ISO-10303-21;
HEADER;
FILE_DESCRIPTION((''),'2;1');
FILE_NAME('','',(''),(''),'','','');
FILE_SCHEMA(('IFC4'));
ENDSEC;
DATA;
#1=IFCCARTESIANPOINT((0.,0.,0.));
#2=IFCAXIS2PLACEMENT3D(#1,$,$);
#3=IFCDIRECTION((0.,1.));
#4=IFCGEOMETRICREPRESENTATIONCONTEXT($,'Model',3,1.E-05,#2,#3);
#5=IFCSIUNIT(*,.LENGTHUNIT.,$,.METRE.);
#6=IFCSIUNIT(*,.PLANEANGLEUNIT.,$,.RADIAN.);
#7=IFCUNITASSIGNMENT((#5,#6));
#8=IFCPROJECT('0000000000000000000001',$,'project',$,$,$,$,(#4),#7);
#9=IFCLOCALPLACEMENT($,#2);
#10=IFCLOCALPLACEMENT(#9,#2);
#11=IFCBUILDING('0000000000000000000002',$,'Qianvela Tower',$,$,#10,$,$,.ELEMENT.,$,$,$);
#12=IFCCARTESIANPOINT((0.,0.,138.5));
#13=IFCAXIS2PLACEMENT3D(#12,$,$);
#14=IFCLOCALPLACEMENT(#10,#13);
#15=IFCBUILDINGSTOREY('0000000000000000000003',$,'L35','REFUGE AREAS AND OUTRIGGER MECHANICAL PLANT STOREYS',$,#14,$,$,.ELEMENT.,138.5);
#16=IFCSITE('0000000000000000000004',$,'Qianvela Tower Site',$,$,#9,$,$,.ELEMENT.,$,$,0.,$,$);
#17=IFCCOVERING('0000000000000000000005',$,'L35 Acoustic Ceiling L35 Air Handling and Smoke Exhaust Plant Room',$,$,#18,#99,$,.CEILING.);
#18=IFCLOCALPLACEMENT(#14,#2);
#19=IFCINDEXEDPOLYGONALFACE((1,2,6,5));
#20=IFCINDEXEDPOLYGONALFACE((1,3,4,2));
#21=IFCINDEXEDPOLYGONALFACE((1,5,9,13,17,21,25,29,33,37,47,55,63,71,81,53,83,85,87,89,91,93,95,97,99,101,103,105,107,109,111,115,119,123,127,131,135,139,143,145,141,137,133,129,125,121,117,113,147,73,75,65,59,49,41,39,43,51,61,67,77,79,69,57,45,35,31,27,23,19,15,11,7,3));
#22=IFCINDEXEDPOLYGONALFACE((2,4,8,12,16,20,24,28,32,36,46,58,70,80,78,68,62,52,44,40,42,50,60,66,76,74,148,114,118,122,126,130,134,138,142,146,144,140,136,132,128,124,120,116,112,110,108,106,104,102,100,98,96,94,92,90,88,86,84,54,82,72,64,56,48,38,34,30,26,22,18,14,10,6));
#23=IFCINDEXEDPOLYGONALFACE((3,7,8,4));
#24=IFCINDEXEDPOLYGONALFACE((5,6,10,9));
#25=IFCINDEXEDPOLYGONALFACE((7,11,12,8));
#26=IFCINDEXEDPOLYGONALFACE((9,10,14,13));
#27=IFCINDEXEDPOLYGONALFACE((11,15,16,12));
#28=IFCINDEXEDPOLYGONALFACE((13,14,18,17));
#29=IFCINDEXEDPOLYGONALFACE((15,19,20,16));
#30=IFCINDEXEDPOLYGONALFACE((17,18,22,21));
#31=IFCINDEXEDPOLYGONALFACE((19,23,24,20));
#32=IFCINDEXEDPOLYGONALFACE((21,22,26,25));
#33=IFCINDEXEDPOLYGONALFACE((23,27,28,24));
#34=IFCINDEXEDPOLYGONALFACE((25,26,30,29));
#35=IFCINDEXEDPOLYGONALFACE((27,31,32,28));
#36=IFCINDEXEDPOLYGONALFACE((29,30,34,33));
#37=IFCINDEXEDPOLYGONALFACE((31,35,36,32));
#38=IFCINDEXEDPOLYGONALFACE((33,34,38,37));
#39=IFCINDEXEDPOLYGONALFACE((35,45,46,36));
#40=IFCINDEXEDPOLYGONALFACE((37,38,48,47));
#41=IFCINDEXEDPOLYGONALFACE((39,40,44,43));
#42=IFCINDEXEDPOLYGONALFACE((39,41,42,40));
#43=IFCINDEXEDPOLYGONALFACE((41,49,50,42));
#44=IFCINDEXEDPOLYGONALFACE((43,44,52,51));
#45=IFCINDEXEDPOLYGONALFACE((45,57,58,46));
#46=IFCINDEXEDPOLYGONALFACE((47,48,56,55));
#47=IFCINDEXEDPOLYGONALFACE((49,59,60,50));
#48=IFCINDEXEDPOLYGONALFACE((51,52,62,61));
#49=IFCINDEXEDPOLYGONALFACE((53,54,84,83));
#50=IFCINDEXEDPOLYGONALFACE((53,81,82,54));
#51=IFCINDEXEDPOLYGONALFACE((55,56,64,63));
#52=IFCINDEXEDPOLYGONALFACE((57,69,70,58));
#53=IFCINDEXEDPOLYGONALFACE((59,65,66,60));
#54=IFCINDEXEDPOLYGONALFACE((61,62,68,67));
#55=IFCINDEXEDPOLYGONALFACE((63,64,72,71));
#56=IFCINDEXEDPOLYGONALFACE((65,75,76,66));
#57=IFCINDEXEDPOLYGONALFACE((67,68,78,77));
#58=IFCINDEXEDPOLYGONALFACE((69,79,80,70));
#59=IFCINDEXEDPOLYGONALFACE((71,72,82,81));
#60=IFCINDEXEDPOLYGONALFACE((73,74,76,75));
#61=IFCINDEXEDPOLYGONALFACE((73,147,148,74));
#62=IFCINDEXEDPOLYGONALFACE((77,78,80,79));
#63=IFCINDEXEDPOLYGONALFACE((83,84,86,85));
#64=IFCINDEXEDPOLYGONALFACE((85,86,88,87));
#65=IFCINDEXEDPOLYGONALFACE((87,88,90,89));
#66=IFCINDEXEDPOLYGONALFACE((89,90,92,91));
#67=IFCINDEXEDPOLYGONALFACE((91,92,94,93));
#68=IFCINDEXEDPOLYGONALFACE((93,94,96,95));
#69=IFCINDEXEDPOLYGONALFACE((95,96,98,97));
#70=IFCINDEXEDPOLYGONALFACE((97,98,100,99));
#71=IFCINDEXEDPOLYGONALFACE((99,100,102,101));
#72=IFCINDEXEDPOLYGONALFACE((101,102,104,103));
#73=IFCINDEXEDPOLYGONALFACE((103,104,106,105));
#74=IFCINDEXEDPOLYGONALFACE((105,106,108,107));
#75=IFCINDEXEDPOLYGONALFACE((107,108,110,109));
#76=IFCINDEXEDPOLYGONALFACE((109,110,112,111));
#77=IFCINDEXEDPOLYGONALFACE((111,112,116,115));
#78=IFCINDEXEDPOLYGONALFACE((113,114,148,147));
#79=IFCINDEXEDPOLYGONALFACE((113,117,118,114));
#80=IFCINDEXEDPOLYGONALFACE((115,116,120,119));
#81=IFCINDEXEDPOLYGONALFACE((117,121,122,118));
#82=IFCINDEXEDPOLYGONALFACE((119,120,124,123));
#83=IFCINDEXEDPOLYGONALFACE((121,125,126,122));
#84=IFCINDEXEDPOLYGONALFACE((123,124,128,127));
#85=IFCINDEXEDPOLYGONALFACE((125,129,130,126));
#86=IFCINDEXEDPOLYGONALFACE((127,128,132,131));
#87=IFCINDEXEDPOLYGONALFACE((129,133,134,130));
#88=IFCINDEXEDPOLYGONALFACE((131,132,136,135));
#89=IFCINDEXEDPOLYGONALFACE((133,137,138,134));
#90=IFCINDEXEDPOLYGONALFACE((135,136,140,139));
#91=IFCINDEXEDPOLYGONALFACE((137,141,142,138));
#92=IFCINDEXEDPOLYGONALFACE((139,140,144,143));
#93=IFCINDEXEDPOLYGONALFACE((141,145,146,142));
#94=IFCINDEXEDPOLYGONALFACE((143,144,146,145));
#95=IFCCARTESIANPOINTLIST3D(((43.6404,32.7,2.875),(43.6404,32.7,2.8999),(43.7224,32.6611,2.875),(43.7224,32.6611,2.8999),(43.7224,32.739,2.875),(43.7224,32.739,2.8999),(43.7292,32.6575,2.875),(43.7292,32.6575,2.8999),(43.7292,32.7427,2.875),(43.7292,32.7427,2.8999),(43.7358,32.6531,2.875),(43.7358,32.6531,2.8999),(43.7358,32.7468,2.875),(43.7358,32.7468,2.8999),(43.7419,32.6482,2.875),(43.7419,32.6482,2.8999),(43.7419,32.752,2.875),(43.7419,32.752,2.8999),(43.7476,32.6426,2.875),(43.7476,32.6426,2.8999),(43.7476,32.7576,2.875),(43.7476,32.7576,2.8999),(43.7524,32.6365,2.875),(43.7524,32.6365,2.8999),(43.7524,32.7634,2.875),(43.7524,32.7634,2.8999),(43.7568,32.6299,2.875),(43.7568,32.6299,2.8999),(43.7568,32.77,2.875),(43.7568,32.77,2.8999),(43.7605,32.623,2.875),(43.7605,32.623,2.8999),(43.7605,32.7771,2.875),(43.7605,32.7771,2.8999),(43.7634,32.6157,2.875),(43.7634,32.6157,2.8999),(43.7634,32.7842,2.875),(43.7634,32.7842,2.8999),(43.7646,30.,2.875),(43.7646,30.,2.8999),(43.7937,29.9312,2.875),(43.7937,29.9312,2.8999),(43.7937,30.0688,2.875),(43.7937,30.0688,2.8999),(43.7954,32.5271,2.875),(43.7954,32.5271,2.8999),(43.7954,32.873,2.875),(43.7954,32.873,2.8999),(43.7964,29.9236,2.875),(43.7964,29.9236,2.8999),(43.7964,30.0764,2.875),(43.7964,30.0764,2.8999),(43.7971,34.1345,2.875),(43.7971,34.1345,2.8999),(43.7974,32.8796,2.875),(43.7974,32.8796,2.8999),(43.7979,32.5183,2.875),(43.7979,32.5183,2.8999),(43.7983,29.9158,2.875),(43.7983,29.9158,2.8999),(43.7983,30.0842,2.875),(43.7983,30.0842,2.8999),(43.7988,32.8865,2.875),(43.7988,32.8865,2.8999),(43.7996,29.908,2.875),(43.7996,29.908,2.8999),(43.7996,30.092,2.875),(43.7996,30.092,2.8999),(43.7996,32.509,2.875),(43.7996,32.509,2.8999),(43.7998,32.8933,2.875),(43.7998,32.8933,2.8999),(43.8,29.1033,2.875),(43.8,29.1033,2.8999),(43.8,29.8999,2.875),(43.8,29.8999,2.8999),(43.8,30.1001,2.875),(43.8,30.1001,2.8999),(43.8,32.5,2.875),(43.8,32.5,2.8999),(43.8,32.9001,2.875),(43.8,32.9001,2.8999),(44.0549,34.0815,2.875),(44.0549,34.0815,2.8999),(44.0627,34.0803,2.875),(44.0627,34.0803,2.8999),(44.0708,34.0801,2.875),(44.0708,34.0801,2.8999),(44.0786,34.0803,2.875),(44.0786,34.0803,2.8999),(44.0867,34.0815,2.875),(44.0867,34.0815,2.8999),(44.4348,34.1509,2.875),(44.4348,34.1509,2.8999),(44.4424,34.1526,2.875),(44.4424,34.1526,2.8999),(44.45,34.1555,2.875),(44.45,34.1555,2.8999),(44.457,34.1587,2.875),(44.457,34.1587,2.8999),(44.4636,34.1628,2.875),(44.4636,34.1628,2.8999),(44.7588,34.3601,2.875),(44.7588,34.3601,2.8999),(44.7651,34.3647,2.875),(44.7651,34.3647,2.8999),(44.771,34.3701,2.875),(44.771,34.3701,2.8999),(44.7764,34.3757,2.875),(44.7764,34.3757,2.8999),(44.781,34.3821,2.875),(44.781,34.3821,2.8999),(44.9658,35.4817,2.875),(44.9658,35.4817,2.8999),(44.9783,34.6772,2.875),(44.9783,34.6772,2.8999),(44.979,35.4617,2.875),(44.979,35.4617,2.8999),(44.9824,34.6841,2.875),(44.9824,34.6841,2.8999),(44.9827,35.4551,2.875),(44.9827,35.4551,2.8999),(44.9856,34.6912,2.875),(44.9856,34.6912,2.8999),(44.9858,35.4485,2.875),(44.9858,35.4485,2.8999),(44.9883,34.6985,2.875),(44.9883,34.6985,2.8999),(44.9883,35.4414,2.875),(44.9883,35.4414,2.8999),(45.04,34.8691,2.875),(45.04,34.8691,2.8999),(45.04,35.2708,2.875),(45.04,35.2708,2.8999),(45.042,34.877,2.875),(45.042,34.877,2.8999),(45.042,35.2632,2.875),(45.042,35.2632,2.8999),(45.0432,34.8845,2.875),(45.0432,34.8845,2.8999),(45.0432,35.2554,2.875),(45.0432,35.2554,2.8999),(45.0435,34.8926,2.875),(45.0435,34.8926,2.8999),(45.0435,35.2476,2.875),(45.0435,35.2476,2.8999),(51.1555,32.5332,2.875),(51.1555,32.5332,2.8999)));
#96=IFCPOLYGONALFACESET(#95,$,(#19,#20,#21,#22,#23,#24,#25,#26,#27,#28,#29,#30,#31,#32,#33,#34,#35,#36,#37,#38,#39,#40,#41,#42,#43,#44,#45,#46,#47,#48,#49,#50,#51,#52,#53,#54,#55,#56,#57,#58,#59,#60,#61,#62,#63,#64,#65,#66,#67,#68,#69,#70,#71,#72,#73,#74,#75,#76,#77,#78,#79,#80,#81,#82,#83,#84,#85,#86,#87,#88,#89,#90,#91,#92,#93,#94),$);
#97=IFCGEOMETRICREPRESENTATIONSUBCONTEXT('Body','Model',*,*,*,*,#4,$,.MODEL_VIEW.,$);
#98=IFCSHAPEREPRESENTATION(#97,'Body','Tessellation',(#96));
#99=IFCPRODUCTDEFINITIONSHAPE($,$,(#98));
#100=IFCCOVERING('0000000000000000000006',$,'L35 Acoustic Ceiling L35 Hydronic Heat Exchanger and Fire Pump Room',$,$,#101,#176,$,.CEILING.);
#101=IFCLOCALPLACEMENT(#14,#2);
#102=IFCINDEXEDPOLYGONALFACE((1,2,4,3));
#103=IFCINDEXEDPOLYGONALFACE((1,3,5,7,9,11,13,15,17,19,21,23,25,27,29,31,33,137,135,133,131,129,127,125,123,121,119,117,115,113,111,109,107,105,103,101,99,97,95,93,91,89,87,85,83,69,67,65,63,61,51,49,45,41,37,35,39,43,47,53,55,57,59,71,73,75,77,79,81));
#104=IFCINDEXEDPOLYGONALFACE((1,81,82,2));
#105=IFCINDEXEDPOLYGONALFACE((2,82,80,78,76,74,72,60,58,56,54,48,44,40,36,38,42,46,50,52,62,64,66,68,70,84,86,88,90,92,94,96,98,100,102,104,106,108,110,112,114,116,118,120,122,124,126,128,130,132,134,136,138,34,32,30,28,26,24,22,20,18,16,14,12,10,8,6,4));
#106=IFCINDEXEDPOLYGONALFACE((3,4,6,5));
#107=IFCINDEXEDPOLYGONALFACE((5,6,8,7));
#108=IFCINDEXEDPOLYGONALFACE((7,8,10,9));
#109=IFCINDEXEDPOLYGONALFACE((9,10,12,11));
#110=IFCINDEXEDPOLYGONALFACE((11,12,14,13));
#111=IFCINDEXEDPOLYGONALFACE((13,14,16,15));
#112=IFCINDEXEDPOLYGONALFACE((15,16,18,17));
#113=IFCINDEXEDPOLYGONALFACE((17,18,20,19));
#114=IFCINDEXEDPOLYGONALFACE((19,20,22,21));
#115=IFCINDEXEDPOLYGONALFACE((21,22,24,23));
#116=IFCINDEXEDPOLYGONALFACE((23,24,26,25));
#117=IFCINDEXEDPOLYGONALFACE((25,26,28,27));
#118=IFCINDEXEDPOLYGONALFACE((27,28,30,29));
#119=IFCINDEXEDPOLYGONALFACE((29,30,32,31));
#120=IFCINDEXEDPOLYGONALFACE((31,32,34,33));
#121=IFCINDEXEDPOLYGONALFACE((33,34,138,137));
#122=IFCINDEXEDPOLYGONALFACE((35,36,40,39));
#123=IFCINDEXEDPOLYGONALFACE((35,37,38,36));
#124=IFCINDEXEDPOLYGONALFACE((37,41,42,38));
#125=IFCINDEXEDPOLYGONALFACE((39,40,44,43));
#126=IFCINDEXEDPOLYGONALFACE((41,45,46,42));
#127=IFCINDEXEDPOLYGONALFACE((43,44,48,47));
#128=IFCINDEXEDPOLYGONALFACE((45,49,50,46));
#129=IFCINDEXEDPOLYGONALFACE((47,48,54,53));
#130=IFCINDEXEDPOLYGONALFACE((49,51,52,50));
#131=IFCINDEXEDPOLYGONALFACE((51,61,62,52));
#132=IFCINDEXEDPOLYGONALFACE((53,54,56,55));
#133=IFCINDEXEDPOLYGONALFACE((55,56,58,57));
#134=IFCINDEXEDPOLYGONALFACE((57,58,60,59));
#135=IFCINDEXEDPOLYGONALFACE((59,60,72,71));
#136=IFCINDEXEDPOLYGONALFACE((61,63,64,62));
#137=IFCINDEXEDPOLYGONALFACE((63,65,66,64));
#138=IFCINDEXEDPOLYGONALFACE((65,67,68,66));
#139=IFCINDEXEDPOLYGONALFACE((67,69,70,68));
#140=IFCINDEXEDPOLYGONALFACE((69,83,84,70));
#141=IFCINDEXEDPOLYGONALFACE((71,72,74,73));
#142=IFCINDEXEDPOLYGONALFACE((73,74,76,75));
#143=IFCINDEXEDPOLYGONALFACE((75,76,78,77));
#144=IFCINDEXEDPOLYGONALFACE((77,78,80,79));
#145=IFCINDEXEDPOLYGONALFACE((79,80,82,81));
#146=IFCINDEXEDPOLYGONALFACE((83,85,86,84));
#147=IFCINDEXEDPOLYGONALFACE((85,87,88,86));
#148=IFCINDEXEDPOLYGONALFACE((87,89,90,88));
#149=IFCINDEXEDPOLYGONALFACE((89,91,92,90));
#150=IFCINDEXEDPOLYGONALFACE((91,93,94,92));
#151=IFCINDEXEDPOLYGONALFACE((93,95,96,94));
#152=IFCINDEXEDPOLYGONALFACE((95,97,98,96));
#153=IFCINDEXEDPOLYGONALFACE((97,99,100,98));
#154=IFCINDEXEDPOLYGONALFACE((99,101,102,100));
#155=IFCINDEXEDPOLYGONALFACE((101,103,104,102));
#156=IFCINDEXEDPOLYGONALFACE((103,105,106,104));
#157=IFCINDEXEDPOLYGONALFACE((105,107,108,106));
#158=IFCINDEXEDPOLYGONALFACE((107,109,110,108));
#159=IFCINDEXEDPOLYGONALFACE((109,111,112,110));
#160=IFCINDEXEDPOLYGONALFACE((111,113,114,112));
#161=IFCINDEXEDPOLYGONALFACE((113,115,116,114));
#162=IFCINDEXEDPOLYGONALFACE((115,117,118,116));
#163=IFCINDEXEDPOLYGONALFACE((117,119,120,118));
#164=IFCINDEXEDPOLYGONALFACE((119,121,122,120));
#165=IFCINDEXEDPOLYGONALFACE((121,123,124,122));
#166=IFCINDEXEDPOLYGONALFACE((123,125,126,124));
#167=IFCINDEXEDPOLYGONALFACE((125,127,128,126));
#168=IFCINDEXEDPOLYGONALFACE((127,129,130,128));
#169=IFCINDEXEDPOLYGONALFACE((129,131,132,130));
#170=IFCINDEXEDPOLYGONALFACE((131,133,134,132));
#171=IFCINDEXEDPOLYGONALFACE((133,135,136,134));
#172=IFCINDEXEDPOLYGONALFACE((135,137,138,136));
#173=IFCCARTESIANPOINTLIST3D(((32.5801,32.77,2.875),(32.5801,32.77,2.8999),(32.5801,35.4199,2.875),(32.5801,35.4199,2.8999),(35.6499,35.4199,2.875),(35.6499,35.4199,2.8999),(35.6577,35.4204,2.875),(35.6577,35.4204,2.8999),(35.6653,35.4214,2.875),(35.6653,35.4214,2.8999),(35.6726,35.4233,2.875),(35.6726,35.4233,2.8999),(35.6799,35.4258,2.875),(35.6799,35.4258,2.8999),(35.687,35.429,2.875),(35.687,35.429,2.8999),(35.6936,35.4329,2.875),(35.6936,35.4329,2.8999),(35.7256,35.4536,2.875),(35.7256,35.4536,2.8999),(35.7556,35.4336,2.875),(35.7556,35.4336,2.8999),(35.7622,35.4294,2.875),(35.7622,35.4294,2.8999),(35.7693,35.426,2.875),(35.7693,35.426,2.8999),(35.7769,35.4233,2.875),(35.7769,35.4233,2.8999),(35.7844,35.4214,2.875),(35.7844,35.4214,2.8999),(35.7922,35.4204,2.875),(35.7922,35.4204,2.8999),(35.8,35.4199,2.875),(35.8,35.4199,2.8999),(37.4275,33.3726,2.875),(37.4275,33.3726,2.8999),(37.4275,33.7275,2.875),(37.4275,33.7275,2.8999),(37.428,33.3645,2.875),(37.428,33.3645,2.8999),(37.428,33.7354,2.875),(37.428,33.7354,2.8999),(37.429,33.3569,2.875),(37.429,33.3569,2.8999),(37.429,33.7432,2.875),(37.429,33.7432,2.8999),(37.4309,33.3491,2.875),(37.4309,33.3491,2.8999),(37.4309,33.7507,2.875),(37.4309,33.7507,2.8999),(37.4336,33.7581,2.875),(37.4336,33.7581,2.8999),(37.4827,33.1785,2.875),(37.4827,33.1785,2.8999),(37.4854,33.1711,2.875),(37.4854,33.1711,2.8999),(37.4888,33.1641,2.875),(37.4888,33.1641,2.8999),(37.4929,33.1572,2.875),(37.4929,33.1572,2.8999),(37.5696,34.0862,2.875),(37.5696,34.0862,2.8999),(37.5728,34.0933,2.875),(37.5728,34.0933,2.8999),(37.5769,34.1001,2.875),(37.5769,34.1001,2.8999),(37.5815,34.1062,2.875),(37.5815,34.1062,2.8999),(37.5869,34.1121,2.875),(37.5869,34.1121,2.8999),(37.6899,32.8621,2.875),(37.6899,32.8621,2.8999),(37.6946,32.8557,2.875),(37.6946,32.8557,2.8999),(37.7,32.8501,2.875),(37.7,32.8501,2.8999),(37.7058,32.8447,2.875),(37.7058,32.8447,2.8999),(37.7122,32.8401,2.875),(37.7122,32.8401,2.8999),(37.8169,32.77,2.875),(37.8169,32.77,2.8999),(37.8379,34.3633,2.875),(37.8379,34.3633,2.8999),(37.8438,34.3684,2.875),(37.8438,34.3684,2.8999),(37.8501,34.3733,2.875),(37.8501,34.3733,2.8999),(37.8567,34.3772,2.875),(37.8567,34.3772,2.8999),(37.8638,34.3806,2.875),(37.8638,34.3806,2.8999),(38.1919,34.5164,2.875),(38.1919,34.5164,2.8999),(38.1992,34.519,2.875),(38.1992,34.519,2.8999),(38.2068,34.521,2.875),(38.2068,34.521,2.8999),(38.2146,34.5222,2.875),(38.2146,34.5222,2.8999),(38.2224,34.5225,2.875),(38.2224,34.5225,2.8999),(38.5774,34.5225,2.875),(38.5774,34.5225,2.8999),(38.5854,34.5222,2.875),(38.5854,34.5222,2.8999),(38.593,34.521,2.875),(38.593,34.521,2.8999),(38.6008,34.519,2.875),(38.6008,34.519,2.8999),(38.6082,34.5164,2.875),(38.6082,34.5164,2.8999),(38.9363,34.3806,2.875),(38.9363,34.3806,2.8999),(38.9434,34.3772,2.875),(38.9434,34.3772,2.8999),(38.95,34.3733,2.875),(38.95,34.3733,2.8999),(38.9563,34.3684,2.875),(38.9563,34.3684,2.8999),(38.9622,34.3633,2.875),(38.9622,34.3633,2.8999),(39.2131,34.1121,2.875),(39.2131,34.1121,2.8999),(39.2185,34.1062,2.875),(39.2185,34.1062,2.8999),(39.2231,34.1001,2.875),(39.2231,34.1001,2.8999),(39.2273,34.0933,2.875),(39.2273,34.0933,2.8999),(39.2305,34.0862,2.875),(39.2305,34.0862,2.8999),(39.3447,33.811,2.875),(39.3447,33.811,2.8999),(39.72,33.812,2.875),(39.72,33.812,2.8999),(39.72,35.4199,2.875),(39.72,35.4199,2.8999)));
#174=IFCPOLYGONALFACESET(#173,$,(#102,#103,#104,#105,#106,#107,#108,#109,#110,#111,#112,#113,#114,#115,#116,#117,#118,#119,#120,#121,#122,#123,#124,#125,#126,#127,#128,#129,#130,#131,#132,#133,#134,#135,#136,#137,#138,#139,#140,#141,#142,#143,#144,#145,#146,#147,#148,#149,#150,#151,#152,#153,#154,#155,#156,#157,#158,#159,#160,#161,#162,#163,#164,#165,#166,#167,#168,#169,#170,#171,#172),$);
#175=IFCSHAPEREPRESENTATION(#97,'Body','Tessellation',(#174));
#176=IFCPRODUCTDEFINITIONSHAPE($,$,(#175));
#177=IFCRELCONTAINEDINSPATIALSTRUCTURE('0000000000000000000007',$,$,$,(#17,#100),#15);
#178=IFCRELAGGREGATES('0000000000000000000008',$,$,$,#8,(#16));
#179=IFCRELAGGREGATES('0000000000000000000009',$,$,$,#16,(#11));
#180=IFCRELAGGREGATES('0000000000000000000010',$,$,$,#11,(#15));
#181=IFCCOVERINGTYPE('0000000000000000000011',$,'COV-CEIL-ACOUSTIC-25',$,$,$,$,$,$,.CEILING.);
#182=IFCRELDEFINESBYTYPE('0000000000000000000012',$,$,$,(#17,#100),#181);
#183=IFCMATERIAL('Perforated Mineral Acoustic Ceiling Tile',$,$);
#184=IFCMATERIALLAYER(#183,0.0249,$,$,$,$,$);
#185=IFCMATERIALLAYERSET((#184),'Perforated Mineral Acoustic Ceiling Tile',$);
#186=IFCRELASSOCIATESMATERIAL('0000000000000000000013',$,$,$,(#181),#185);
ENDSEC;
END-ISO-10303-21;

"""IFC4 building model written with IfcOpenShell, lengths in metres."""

from ifc_helpers import new_model, si_unit, direction, frame, origin, place, context, subcontext, project, spatial, polyline, outline, extrude, material, layer, layer_set, type_object, element, save


model = new_model("IFC4")

# Units and contexts
model_context = context("Model", 3, precision=1e-05, world=origin(), true_north=direction((0.0, 1.0)))
body_context = subcontext(model_context, "Body", "Model", "MODEL_VIEW")
ifc_project = project(units=[si_unit("LENGTHUNIT", "METRE"), si_unit("PLANEANGLEUNIT", "RADIAN")], contexts=[model_context])

# Site, building, storey
site_placement = place(None, origin())
site = spatial("IfcSite", under=ifc_project, at=site_placement, Name="Qianvela Tower Site", CompositionType="ELEMENT", RefElevation=0.0)
building_placement = place(site_placement, origin())
building = spatial("IfcBuilding", under=site, at=building_placement, Name="Qianvela Tower", CompositionType="ELEMENT")
storey_placement = place(building_placement, frame((0.0, 0.0, 138.5)))
storey = spatial("IfcBuildingStorey", under=building, at=storey_placement, Name="L35", Description="REFUGE AREAS AND OUTRIGGER MECHANICAL PLANT STOREYS", CompositionType="ELEMENT", Elevation=138.5)

# Coverings
ifc_material_1 = material(Name="Perforated Mineral Acoustic Ceiling Tile")
ifc_layer_1 = layer(ifc_material_1, 0.0249)
ifc_layer_set_1 = layer_set([ifc_layer_1], Name="Perforated Mineral Acoustic Ceiling Tile")
covering_type_1 = type_object("IfcCoveringType", Name="COV-CEIL-ACOUSTIC-25", PredefinedType="CEILING", material=ifc_layer_set_1)
covering_1_placement = place(storey_placement, frame((0.0, 0.0, 2.875)))
element("IfcCovering", 1, at=covering_1_placement, inside=storey, type_object=covering_type_1, Name="L35 Acoustic Ceiling L35 Air Handling and Smoke Exhaust Plant Room", PredefinedType="CEILING", context=body_context, shape_type="SweptSolid", body=[
    extrude(outline(polyline([(43.6404, 32.7), (43.7224, 32.739), (43.7292, 32.7427), (43.7358, 32.7468), (43.7419, 32.752), (43.7476, 32.7576), (43.7524, 32.7634), (43.7568, 32.77), (43.7605, 32.7771), (43.7634, 32.7842), (43.7954, 32.873), (43.7974, 32.8796), (43.7988, 32.8865), (43.7998, 32.8933), (43.8, 32.9001), (43.7971, 34.1345), (44.0549, 34.0815), (44.0627, 34.0803), (44.0708, 34.0801), (44.0786, 34.0803), (44.0867, 34.0815), (44.4348, 34.1509), (44.4424, 34.1526), (44.45, 34.1555), (44.457, 34.1587), (44.4636, 34.1628), (44.7588, 34.3601), (44.7651, 34.3647), (44.771, 34.3701), (44.7764, 34.3757), (44.781, 34.3821), (44.9783, 34.6772), (44.9824, 34.6841), (44.9856, 34.6912), (44.9883, 34.6985), (45.04, 34.8691), (45.042, 34.877), (45.0432, 34.8845), (45.0435, 34.8926), (45.0435, 35.2476), (45.0432, 35.2554), (45.042, 35.2632), (45.04, 35.2708), (44.9883, 35.4414), (44.9858, 35.4485), (44.9827, 35.4551), (44.979, 35.4617), (44.9658, 35.4817), (51.1555, 32.5332), (43.8, 29.1033), (43.8, 29.8999), (43.7996, 29.908), (43.7983, 29.9158), (43.7964, 29.9236), (43.7937, 29.9312), (43.7646, 30.0), (43.7937, 30.0688), (43.7964, 30.0764), (43.7983, 30.0842), (43.7996, 30.092), (43.8, 30.1001), (43.8, 32.5), (43.7996, 32.509), (43.7979, 32.5183), (43.7954, 32.5271), (43.7634, 32.6157), (43.7605, 32.623), (43.7568, 32.6299), (43.7524, 32.6365), (43.7476, 32.6426), (43.7419, 32.6482), (43.7358, 32.6531), (43.7292, 32.6575), (43.7224, 32.6611), (43.6404, 32.7)])), origin(), (0.0, 0.0, 1.0), 0.0249),
])
covering_2_placement = place(storey_placement, frame((0.0, 0.0, 2.875)))
element("IfcCovering", 2, at=covering_2_placement, inside=storey, type_object=covering_type_1, Name="L35 Acoustic Ceiling L35 Hydronic Heat Exchanger and Fire Pump Room", PredefinedType="CEILING", context=body_context, shape_type="SweptSolid", body=[
    extrude(outline(polyline([(37.8169, 32.77), (32.5801, 32.77), (32.5801, 35.4199), (35.6499, 35.4199), (35.6577, 35.4204), (35.6653, 35.4214), (35.6726, 35.4233), (35.6799, 35.4258), (35.687, 35.429), (35.6936, 35.4329), (35.7256, 35.4536), (35.7556, 35.4336), (35.7622, 35.4294), (35.7693, 35.426), (35.7769, 35.4233), (35.7844, 35.4214), (35.7922, 35.4204), (35.8, 35.4199), (39.72, 35.4199), (39.72, 33.812), (39.3447, 33.811), (39.2305, 34.0862), (39.2273, 34.0933), (39.2231, 34.1001), (39.2185, 34.1062), (39.2131, 34.1121), (38.9622, 34.3633), (38.9563, 34.3684), (38.95, 34.3733), (38.9434, 34.3772), (38.9363, 34.3806), (38.6082, 34.5164), (38.6008, 34.519), (38.593, 34.521), (38.5854, 34.5222), (38.5774, 34.5225), (38.2224, 34.5225), (38.2146, 34.5222), (38.2068, 34.521), (38.1992, 34.519), (38.1919, 34.5164), (37.8638, 34.3806), (37.8567, 34.3772), (37.8501, 34.3733), (37.8438, 34.3684), (37.8379, 34.3633), (37.5869, 34.1121), (37.5815, 34.1062), (37.5769, 34.1001), (37.5728, 34.0933), (37.5696, 34.0862), (37.4336, 33.7581), (37.4309, 33.7507), (37.429, 33.7432), (37.428, 33.7354), (37.4275, 33.7275), (37.4275, 33.3726), (37.428, 33.3645), (37.429, 33.3569), (37.4309, 33.3491), (37.4827, 33.1785), (37.4854, 33.1711), (37.4888, 33.1641), (37.4929, 33.1572), (37.6899, 32.8621), (37.6946, 32.8557), (37.7, 32.8501), (37.7058, 32.8447), (37.7122, 32.8401), (37.8169, 32.77)])), origin(), (0.0, 0.0, 1.0), 0.0249),
])

save(model, "model.ifc")
